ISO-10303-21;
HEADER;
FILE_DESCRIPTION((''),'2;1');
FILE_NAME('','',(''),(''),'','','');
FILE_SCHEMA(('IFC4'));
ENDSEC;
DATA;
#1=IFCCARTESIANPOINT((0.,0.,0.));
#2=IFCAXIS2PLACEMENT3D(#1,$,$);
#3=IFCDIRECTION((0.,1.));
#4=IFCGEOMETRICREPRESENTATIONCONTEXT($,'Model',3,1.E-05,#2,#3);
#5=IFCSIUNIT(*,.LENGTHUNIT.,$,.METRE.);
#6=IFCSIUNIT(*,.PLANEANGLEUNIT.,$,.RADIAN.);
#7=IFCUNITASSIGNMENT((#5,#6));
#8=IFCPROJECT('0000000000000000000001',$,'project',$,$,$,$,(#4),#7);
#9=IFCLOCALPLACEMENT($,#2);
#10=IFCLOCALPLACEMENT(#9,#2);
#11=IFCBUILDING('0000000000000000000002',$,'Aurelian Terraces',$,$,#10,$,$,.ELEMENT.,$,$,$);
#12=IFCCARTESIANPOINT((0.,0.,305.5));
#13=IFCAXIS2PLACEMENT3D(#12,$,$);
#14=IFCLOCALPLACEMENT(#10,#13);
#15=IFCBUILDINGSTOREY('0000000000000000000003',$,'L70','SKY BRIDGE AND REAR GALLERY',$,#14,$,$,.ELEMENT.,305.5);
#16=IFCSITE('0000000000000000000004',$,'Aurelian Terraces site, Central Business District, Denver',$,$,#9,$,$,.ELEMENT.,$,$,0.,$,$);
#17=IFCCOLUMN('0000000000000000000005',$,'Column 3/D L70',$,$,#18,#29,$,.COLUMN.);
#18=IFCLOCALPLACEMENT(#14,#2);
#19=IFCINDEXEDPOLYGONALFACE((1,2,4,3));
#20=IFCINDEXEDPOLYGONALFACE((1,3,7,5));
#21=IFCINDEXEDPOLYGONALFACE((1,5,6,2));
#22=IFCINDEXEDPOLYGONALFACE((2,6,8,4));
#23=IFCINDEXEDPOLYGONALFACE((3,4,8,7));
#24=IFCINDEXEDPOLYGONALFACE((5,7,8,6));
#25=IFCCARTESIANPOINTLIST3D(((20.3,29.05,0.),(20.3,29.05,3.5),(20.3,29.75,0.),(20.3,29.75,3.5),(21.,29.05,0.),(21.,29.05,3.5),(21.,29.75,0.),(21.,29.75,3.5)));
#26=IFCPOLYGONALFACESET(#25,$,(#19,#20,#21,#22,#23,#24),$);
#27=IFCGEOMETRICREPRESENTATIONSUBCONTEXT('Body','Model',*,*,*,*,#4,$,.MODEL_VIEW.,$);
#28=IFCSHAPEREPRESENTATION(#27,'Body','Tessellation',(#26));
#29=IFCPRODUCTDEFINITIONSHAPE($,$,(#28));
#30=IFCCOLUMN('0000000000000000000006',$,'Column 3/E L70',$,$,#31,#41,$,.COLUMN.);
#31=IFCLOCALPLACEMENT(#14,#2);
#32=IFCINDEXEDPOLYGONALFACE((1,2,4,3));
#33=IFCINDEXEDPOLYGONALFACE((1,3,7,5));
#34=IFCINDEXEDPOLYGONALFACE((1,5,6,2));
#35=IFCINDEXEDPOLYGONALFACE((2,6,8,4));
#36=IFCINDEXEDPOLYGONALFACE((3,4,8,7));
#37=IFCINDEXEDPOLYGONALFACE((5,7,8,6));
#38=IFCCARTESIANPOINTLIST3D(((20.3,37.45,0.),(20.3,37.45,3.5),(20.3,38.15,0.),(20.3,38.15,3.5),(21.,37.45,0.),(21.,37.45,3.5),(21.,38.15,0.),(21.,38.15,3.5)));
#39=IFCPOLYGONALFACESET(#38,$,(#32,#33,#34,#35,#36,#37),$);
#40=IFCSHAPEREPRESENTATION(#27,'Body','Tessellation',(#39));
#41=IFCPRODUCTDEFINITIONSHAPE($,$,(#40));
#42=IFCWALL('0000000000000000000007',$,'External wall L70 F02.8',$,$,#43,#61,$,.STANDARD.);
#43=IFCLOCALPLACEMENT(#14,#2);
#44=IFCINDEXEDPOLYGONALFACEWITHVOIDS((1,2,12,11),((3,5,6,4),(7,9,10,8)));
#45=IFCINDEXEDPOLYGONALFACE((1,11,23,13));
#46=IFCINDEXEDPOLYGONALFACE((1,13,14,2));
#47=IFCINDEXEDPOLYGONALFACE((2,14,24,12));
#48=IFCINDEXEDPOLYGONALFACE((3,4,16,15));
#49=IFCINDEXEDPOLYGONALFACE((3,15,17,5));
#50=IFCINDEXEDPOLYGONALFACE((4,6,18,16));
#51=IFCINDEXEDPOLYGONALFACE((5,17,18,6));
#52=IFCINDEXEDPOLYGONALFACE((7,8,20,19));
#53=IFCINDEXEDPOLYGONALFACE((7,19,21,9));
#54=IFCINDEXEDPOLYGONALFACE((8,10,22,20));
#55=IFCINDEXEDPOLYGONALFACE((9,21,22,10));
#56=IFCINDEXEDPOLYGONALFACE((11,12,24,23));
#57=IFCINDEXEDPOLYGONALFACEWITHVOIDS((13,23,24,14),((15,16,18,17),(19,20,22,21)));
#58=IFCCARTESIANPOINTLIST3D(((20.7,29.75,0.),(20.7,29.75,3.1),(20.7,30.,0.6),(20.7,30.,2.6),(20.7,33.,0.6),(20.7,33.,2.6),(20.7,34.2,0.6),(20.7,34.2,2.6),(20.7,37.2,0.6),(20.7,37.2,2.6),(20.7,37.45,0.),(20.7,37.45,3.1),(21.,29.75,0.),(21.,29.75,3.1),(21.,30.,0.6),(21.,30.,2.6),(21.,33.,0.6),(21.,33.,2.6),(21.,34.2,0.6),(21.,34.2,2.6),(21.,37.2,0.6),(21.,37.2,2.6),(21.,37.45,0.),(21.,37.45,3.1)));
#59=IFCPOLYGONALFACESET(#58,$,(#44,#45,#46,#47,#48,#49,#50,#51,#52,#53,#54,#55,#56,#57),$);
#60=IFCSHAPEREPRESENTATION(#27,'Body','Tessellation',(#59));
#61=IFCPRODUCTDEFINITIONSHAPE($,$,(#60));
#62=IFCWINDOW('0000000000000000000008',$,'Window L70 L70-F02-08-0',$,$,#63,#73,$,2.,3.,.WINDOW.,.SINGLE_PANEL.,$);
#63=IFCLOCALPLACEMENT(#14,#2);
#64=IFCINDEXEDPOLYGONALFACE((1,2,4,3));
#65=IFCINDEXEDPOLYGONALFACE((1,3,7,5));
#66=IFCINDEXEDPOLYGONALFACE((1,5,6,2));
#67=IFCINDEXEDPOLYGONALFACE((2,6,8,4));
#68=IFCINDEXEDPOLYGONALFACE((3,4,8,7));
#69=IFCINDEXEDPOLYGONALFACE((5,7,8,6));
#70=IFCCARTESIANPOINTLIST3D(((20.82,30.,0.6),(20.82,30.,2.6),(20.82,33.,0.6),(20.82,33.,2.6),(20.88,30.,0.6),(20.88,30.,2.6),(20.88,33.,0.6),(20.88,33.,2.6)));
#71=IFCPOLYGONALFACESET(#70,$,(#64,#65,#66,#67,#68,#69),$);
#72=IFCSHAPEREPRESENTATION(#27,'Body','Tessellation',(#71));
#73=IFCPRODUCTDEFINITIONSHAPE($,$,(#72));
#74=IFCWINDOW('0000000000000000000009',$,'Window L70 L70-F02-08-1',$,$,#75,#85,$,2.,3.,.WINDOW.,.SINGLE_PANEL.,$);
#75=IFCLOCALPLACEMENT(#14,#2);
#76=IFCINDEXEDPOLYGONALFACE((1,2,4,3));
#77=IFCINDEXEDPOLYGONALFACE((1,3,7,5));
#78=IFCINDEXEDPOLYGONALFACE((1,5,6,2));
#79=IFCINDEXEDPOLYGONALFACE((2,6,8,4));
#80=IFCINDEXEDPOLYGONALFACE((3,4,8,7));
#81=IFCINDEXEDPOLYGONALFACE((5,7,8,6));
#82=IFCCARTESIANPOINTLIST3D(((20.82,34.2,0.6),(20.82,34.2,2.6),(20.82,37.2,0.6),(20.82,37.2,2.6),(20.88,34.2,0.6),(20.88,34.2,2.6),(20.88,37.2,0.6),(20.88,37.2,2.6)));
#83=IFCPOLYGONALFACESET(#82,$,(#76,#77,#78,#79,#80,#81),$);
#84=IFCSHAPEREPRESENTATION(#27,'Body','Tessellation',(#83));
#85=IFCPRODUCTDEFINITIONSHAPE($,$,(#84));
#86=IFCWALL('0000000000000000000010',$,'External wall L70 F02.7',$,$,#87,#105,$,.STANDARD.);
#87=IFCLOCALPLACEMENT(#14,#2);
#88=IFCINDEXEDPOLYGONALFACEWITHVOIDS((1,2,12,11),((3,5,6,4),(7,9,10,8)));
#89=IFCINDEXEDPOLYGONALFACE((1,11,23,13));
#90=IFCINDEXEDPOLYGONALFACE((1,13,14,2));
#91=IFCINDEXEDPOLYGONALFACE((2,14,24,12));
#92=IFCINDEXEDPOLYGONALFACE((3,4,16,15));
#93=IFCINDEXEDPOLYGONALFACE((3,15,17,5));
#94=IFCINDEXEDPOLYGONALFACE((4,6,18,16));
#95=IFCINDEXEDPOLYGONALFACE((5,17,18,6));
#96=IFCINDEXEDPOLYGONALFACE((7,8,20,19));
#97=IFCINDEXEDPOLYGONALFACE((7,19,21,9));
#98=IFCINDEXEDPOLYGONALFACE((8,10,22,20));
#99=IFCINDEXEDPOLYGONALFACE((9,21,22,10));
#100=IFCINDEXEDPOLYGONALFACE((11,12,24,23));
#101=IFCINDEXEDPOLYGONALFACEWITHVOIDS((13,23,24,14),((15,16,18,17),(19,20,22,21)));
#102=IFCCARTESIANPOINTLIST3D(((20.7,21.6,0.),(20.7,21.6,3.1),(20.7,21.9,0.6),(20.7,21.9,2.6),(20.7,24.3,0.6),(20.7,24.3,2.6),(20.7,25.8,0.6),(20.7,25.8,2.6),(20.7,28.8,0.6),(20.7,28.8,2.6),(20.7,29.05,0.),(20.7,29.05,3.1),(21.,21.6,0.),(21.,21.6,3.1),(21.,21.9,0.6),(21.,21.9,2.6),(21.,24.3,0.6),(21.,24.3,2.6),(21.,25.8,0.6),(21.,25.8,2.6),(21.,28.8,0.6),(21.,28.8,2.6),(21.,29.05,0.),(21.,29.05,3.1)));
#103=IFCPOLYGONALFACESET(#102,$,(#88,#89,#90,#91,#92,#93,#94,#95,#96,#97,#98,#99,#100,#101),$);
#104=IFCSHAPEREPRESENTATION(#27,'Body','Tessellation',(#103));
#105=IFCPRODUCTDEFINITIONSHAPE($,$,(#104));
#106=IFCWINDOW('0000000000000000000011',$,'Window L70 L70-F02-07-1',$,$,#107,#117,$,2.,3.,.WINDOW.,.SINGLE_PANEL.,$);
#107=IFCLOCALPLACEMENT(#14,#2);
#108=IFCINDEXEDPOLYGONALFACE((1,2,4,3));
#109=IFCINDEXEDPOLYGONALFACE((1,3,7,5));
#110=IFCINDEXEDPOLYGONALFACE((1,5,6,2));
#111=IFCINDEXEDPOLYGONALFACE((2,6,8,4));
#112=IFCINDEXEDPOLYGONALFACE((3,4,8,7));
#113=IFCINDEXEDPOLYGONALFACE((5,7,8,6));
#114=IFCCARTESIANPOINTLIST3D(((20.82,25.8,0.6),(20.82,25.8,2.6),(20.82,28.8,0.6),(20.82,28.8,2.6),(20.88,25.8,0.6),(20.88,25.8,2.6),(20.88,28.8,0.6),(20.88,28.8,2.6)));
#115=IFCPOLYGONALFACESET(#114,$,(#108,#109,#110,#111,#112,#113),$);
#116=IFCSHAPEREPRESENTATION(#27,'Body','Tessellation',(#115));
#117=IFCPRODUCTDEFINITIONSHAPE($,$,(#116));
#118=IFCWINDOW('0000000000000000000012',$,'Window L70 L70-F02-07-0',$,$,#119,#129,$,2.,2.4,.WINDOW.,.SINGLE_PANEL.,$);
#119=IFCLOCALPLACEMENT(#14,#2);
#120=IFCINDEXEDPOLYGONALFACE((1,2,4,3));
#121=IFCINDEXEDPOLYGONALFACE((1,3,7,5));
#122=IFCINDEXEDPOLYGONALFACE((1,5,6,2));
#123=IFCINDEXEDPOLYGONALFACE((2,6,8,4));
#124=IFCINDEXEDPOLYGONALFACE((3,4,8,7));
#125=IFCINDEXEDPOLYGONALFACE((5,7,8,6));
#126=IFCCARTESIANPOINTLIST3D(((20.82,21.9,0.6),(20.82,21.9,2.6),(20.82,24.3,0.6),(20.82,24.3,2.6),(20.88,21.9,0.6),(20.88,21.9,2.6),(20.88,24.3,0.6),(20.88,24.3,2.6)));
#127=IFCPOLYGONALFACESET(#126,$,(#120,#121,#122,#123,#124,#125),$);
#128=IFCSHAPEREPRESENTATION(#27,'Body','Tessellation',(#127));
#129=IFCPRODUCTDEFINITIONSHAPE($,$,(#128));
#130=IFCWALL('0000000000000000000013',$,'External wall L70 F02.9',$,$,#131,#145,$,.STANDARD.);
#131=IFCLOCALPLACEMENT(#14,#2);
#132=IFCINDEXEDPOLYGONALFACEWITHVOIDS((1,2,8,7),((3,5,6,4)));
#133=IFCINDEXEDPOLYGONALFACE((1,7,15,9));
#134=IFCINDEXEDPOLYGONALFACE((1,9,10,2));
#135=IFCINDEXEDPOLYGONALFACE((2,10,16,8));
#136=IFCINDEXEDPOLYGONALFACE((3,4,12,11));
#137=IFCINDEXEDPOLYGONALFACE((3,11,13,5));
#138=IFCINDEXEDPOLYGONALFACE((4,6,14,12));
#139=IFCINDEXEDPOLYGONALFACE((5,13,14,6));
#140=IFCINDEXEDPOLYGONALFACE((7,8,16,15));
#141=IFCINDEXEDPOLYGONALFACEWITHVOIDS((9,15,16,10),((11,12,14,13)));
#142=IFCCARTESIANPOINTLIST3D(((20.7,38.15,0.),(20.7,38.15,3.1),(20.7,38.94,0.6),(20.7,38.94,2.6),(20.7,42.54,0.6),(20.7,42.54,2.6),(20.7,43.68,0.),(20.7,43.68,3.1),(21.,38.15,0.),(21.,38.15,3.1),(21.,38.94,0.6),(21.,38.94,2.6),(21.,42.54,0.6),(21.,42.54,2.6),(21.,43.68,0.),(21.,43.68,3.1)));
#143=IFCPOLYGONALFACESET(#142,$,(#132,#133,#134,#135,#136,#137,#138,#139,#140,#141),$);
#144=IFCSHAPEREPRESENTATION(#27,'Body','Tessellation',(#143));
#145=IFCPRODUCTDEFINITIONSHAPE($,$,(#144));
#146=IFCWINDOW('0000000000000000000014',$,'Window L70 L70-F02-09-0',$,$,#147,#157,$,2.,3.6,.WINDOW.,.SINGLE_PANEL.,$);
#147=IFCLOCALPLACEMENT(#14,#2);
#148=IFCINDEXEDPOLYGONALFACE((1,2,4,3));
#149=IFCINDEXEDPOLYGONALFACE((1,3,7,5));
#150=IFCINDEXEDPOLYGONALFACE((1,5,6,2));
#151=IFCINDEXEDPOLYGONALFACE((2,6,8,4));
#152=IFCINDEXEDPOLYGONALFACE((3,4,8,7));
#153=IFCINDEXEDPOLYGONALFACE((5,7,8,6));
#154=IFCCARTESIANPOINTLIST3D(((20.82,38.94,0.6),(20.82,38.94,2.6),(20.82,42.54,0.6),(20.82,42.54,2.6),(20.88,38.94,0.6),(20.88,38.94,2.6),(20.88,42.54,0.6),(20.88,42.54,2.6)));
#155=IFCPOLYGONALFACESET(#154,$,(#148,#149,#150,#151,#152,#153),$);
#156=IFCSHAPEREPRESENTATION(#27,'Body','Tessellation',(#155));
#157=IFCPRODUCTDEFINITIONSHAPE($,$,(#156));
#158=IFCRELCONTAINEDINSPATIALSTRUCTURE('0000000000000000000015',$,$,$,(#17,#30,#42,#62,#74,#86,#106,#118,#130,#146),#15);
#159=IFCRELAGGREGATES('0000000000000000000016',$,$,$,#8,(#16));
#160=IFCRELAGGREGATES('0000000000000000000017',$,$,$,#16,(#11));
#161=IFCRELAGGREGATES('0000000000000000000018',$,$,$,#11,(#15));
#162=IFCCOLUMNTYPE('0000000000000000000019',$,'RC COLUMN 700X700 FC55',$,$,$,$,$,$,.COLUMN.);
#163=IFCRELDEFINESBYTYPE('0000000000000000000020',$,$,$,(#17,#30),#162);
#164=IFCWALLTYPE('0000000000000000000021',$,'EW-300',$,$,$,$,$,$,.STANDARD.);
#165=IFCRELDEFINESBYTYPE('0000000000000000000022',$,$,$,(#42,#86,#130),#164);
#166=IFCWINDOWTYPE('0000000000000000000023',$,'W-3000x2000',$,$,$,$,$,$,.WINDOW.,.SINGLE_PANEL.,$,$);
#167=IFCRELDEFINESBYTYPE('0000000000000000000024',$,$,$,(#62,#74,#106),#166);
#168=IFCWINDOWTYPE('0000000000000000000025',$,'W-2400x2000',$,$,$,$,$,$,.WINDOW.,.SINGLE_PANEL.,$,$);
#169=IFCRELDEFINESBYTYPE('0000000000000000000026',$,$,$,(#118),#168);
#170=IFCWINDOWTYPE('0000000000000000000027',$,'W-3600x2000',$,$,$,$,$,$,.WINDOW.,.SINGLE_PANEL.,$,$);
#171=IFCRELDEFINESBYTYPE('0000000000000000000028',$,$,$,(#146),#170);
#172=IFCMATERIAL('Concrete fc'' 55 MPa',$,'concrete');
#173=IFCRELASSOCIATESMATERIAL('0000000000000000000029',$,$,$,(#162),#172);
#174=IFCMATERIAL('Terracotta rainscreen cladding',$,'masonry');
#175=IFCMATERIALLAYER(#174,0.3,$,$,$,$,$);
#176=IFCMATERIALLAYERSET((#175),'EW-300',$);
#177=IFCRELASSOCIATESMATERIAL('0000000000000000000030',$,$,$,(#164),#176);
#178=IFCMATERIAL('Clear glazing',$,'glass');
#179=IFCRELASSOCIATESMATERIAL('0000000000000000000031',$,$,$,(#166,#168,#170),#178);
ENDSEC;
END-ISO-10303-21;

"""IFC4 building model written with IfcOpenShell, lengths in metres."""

from ifc_helpers import new_model, si_unit, direction, frame, frame_2d, origin, origin_2d, place, context, subcontext, project, spatial, rectangle, extrude, source, transform, mapped, material, layer, layer_set, material_profile, profile_set, type_object, element, fill, save


model = new_model("IFC4")

# Units and contexts
model_context = context("Model", 3, precision=1e-05, world=origin(), true_north=direction((0.0, 1.0)))
body_context = subcontext(model_context, "Body", "Model", "MODEL_VIEW")
ifc_project = project(units=[si_unit("LENGTHUNIT", "METRE"), si_unit("PLANEANGLEUNIT", "RADIAN")], contexts=[model_context])

# Site, building, storey
site_placement = place(None, origin())
site = spatial("IfcSite", under=ifc_project, at=site_placement, Name="Aurelian Terraces site, Central Business District, Denver", CompositionType="ELEMENT", RefElevation=0.0)
building_placement = place(site_placement, origin())
building = spatial("IfcBuilding", under=site, at=building_placement, Name="Aurelian Terraces", CompositionType="ELEMENT")
storey_placement = place(building_placement, frame((0.0, 0.0, 305.5)))
storey = spatial("IfcBuildingStorey", under=building, at=storey_placement, Name="L70", Description="SKY BRIDGE AND REAR GALLERY", CompositionType="ELEMENT", Elevation=305.5)

# Columns
ifc_material_1 = material(Name="Concrete fc' 55 MPa", Category="concrete")
ifc_material_profile = material_profile(ifc_material_1, rectangle(XDim=0.7, YDim=0.7, at=origin_2d()))
ifc_profile_set = profile_set([ifc_material_profile], Name="Concrete fc' 55 MPa")
column_type = type_object("IfcColumnType", Name="RC COLUMN 700X700 FC55", PredefinedType="COLUMN", material=ifc_profile_set)
shared_shape_1 = source(origin(), body_context, "Body", "SweptSolid", [
    extrude(rectangle(XDim=0.7, YDim=0.7, at=origin_2d()), origin(), (0.0, 0.0, 1.0), 3.5),
])
for number, where, z_axis, x_axis, name in (
    (1, (20.65, 29.4, 0.0), (0.0, 0.0, 1.0), (1.0, 0.0, 0.0), "Column 3/D L70"),
    (2, (20.65, 37.8, 0.0), (0.0, 0.0, 1.0), (1.0, 0.0, 0.0), "Column 3/E L70"),
):
    element("IfcColumn", number, at=place(storey_placement, frame(where, z_axis=z_axis, x_axis=x_axis)), inside=storey, type_object=column_type, Name=name, PredefinedType="COLUMN", context=body_context, shape_type="MappedRepresentation", body=[
        mapped(shared_shape_1, transform((0.0, 0.0, 0.0), scale=1.0)),
    ])

# Walls, openings, windows
ifc_material_2 = material(Name="Terracotta rainscreen cladding", Category="masonry")
ifc_layer_1 = layer(ifc_material_2, 0.3)
ifc_layer_set_1 = layer_set([ifc_layer_1], Name="EW-300")
wall_type_1 = type_object("IfcWallType", Name="EW-300", PredefinedType="STANDARD", material=ifc_layer_set_1)
shared_shape_2 = source(origin(), body_context, "Body", "SweptSolid", [
    extrude(rectangle(XDim=7.7, YDim=0.3, at=frame_2d((3.85, 0.0))), origin(), (0.0, 0.0, 1.0), 3.1),
])
wall_1_placement = place(storey_placement, frame((20.85, 29.75, 0.0), z_axis=(0.0, 0.0, 1.0), x_axis=(0.0, 1.0, 0.0)))
wall_1 = element("IfcWall", 3, at=wall_1_placement, inside=storey, type_object=wall_type_1, Name="External wall L70 F02.8", PredefinedType="STANDARD", context=body_context, shape_type="MappedRepresentation", body=[
    mapped(shared_shape_2, transform((0.0, 0.0, 0.0), scale=1.0)),
])
shared_shape_3 = source(origin(), body_context, "Body", "SweptSolid", [
    extrude(rectangle(XDim=3.0, YDim=2.0, at=frame_2d((1.5, 1.0))), frame((0.0, 0.16, 0.0), z_axis=(0.0, -1.0, 0.0), x_axis=(1.0, 0.0, 0.0)), (0.0, 0.0, 1.0), 0.32),
])
opening_1_placement = place(wall_1_placement, frame((0.25, 0.0, 0.6)))
opening_1 = element("IfcOpeningElement", 4, at=opening_1_placement, cuts=wall_1, PredefinedType="OPENING", context=body_context, shape_type="MappedRepresentation", body=[
    mapped(shared_shape_3, transform((0.0, 0.0, 0.0), scale=1.0)),
])
opening_2_placement = place(wall_1_placement, frame((4.45, 0.0, 0.6)))
opening_2 = element("IfcOpeningElement", 5, at=opening_2_placement, cuts=wall_1, PredefinedType="OPENING", context=body_context, shape_type="MappedRepresentation", body=[
    mapped(shared_shape_3, transform((0.0, 0.0, 0.0), scale=1.0)),
])
ifc_material_3 = material(Name="Clear glazing", Category="glass")
window_type_1 = type_object("IfcWindowType", Name="W-3000x2000", PartitioningType="SINGLE_PANEL", PredefinedType="WINDOW", material=ifc_material_3)
shared_shape_4 = source(origin(), body_context, "Body", "SweptSolid", [
    extrude(rectangle(XDim=3.0, YDim=2.0, at=frame_2d((1.5, 1.0))), frame((0.0, 0.03, 0.0), z_axis=(0.0, -1.0, 0.0), x_axis=(1.0, 0.0, 0.0)), (0.0, 0.0, 1.0), 0.06),
])
window_1_placement = place(opening_1_placement, origin())
window_1 = element("IfcWindow", 6, at=window_1_placement, inside=storey, type_object=window_type_1, Name="Window L70 L70-F02-08-0", OverallHeight=2.0, OverallWidth=3.0, PartitioningType="SINGLE_PANEL", PredefinedType="WINDOW", context=body_context, shape_type="MappedRepresentation", body=[
    mapped(shared_shape_4, transform((0.0, 0.0, 0.0), scale=1.0)),
])
fill(opening_1, window_1)
window_2_placement = place(opening_2_placement, origin())
window_2 = element("IfcWindow", 7, at=window_2_placement, inside=storey, type_object=window_type_1, Name="Window L70 L70-F02-08-1", OverallHeight=2.0, OverallWidth=3.0, PartitioningType="SINGLE_PANEL", PredefinedType="WINDOW", context=body_context, shape_type="MappedRepresentation", body=[
    mapped(shared_shape_4, transform((0.0, 0.0, 0.0), scale=1.0)),
])
fill(opening_2, window_2)
shared_shape_5 = source(origin(), body_context, "Body", "SweptSolid", [
    extrude(rectangle(XDim=7.45, YDim=0.3, at=frame_2d((3.725, 0.0))), origin(), (0.0, 0.0, 1.0), 3.1),
])
wall_2_placement = place(storey_placement, frame((20.85, 21.6, 0.0), z_axis=(0.0, 0.0, 1.0), x_axis=(0.0, 1.0, 0.0)))
wall_2 = element("IfcWall", 8, at=wall_2_placement, inside=storey, type_object=wall_type_1, Name="External wall L70 F02.7", PredefinedType="STANDARD", context=body_context, shape_type="MappedRepresentation", body=[
    mapped(shared_shape_5, transform((0.0, 0.0, 0.0), scale=1.0)),
])
shared_shape_6 = source(origin(), body_context, "Body", "SweptSolid", [
    extrude(rectangle(XDim=2.4, YDim=2.0, at=frame_2d((1.2, 1.0))), frame((0.0, 0.16, 0.0), z_axis=(0.0, -1.0, 0.0), x_axis=(1.0, 0.0, 0.0)), (0.0, 0.0, 1.0), 0.32),
])
opening_3_placement = place(wall_2_placement, frame((0.3, 0.0, 0.6)))
opening_3 = element("IfcOpeningElement", 9, at=opening_3_placement, cuts=wall_2, PredefinedType="OPENING", context=body_context, shape_type="MappedRepresentation", body=[
    mapped(shared_shape_6, transform((0.0, 0.0, 0.0), scale=1.0)),
])
opening_4_placement = place(wall_2_placement, frame((4.2, 0.0, 0.6)))
opening_4 = element("IfcOpeningElement", 10, at=opening_4_placement, cuts=wall_2, PredefinedType="OPENING", context=body_context, shape_type="MappedRepresentation", body=[
    mapped(shared_shape_3, transform((0.0, 0.0, 0.0), scale=1.0)),
])
window_3_placement = place(opening_4_placement, origin())
window_3 = element("IfcWindow", 11, at=window_3_placement, inside=storey, type_object=window_type_1, Name="Window L70 L70-F02-07-1", OverallHeight=2.0, OverallWidth=3.0, PartitioningType="SINGLE_PANEL", PredefinedType="WINDOW", context=body_context, shape_type="MappedRepresentation", body=[
    mapped(shared_shape_4, transform((0.0, 0.0, 0.0), scale=1.0)),
])
fill(opening_4, window_3)
window_type_2 = type_object("IfcWindowType", Name="W-2400x2000", PartitioningType="SINGLE_PANEL", PredefinedType="WINDOW", material=ifc_material_3)
shared_shape_7 = source(origin(), body_context, "Body", "SweptSolid", [
    extrude(rectangle(XDim=2.4, YDim=2.0, at=frame_2d((1.2, 1.0))), frame((0.0, 0.03, 0.0), z_axis=(0.0, -1.0, 0.0), x_axis=(1.0, 0.0, 0.0)), (0.0, 0.0, 1.0), 0.06),
])
window_4_placement = place(opening_3_placement, origin())
window_4 = element("IfcWindow", 12, at=window_4_placement, inside=storey, type_object=window_type_2, Name="Window L70 L70-F02-07-0", OverallHeight=2.0, OverallWidth=2.4, PartitioningType="SINGLE_PANEL", PredefinedType="WINDOW", context=body_context, shape_type="MappedRepresentation", body=[
    mapped(shared_shape_7, transform((0.0, 0.0, 0.0), scale=1.0)),
])
fill(opening_3, window_4)

# Wall, opening, window
shared_shape_8 = source(origin(), body_context, "Body", "SweptSolid", [
    extrude(rectangle(XDim=5.53, YDim=0.3, at=frame_2d((2.765, 0.0))), origin(), (0.0, 0.0, 1.0), 3.1),
])
wall_3_placement = place(storey_placement, frame((20.85, 38.15, 0.0), z_axis=(0.0, 0.0, 1.0), x_axis=(0.0, 1.0, 0.0)))
wall_3 = element("IfcWall", 13, at=wall_3_placement, inside=storey, type_object=wall_type_1, Name="External wall L70 F02.9", PredefinedType="STANDARD", context=body_context, shape_type="MappedRepresentation", body=[
    mapped(shared_shape_8, transform((0.0, 0.0, 0.0), scale=1.0)),
])
shared_shape_9 = source(origin(), body_context, "Body", "SweptSolid", [
    extrude(rectangle(XDim=3.6, YDim=2.0, at=frame_2d((1.8, 1.0))), frame((0.0, 0.16, 0.0), z_axis=(0.0, -1.0, 0.0), x_axis=(1.0, 0.0, 0.0)), (0.0, 0.0, 1.0), 0.32),
])
opening_5_placement = place(wall_3_placement, frame((0.79, 0.0, 0.6)))
opening_5 = element("IfcOpeningElement", 14, at=opening_5_placement, cuts=wall_3, PredefinedType="OPENING", context=body_context, shape_type="MappedRepresentation", body=[
    mapped(shared_shape_9, transform((0.0, 0.0, 0.0), scale=1.0)),
])
window_type_3 = type_object("IfcWindowType", Name="W-3600x2000", PartitioningType="SINGLE_PANEL", PredefinedType="WINDOW", material=ifc_material_3)
shared_shape_10 = source(origin(), body_context, "Body", "SweptSolid", [
    extrude(rectangle(XDim=3.6, YDim=2.0, at=frame_2d((1.8, 1.0))), frame((0.0, 0.03, 0.0), z_axis=(0.0, -1.0, 0.0), x_axis=(1.0, 0.0, 0.0)), (0.0, 0.0, 1.0), 0.06),
])
window_5_placement = place(opening_5_placement, origin())
window_5 = element("IfcWindow", 15, at=window_5_placement, inside=storey, type_object=window_type_3, Name="Window L70 L70-F02-09-0", OverallHeight=2.0, OverallWidth=3.6, PartitioningType="SINGLE_PANEL", PredefinedType="WINDOW", context=body_context, shape_type="MappedRepresentation", body=[
    mapped(shared_shape_10, transform((0.0, 0.0, 0.0), scale=1.0)),
])
fill(opening_5, window_5)

save(model, "model.ifc")
